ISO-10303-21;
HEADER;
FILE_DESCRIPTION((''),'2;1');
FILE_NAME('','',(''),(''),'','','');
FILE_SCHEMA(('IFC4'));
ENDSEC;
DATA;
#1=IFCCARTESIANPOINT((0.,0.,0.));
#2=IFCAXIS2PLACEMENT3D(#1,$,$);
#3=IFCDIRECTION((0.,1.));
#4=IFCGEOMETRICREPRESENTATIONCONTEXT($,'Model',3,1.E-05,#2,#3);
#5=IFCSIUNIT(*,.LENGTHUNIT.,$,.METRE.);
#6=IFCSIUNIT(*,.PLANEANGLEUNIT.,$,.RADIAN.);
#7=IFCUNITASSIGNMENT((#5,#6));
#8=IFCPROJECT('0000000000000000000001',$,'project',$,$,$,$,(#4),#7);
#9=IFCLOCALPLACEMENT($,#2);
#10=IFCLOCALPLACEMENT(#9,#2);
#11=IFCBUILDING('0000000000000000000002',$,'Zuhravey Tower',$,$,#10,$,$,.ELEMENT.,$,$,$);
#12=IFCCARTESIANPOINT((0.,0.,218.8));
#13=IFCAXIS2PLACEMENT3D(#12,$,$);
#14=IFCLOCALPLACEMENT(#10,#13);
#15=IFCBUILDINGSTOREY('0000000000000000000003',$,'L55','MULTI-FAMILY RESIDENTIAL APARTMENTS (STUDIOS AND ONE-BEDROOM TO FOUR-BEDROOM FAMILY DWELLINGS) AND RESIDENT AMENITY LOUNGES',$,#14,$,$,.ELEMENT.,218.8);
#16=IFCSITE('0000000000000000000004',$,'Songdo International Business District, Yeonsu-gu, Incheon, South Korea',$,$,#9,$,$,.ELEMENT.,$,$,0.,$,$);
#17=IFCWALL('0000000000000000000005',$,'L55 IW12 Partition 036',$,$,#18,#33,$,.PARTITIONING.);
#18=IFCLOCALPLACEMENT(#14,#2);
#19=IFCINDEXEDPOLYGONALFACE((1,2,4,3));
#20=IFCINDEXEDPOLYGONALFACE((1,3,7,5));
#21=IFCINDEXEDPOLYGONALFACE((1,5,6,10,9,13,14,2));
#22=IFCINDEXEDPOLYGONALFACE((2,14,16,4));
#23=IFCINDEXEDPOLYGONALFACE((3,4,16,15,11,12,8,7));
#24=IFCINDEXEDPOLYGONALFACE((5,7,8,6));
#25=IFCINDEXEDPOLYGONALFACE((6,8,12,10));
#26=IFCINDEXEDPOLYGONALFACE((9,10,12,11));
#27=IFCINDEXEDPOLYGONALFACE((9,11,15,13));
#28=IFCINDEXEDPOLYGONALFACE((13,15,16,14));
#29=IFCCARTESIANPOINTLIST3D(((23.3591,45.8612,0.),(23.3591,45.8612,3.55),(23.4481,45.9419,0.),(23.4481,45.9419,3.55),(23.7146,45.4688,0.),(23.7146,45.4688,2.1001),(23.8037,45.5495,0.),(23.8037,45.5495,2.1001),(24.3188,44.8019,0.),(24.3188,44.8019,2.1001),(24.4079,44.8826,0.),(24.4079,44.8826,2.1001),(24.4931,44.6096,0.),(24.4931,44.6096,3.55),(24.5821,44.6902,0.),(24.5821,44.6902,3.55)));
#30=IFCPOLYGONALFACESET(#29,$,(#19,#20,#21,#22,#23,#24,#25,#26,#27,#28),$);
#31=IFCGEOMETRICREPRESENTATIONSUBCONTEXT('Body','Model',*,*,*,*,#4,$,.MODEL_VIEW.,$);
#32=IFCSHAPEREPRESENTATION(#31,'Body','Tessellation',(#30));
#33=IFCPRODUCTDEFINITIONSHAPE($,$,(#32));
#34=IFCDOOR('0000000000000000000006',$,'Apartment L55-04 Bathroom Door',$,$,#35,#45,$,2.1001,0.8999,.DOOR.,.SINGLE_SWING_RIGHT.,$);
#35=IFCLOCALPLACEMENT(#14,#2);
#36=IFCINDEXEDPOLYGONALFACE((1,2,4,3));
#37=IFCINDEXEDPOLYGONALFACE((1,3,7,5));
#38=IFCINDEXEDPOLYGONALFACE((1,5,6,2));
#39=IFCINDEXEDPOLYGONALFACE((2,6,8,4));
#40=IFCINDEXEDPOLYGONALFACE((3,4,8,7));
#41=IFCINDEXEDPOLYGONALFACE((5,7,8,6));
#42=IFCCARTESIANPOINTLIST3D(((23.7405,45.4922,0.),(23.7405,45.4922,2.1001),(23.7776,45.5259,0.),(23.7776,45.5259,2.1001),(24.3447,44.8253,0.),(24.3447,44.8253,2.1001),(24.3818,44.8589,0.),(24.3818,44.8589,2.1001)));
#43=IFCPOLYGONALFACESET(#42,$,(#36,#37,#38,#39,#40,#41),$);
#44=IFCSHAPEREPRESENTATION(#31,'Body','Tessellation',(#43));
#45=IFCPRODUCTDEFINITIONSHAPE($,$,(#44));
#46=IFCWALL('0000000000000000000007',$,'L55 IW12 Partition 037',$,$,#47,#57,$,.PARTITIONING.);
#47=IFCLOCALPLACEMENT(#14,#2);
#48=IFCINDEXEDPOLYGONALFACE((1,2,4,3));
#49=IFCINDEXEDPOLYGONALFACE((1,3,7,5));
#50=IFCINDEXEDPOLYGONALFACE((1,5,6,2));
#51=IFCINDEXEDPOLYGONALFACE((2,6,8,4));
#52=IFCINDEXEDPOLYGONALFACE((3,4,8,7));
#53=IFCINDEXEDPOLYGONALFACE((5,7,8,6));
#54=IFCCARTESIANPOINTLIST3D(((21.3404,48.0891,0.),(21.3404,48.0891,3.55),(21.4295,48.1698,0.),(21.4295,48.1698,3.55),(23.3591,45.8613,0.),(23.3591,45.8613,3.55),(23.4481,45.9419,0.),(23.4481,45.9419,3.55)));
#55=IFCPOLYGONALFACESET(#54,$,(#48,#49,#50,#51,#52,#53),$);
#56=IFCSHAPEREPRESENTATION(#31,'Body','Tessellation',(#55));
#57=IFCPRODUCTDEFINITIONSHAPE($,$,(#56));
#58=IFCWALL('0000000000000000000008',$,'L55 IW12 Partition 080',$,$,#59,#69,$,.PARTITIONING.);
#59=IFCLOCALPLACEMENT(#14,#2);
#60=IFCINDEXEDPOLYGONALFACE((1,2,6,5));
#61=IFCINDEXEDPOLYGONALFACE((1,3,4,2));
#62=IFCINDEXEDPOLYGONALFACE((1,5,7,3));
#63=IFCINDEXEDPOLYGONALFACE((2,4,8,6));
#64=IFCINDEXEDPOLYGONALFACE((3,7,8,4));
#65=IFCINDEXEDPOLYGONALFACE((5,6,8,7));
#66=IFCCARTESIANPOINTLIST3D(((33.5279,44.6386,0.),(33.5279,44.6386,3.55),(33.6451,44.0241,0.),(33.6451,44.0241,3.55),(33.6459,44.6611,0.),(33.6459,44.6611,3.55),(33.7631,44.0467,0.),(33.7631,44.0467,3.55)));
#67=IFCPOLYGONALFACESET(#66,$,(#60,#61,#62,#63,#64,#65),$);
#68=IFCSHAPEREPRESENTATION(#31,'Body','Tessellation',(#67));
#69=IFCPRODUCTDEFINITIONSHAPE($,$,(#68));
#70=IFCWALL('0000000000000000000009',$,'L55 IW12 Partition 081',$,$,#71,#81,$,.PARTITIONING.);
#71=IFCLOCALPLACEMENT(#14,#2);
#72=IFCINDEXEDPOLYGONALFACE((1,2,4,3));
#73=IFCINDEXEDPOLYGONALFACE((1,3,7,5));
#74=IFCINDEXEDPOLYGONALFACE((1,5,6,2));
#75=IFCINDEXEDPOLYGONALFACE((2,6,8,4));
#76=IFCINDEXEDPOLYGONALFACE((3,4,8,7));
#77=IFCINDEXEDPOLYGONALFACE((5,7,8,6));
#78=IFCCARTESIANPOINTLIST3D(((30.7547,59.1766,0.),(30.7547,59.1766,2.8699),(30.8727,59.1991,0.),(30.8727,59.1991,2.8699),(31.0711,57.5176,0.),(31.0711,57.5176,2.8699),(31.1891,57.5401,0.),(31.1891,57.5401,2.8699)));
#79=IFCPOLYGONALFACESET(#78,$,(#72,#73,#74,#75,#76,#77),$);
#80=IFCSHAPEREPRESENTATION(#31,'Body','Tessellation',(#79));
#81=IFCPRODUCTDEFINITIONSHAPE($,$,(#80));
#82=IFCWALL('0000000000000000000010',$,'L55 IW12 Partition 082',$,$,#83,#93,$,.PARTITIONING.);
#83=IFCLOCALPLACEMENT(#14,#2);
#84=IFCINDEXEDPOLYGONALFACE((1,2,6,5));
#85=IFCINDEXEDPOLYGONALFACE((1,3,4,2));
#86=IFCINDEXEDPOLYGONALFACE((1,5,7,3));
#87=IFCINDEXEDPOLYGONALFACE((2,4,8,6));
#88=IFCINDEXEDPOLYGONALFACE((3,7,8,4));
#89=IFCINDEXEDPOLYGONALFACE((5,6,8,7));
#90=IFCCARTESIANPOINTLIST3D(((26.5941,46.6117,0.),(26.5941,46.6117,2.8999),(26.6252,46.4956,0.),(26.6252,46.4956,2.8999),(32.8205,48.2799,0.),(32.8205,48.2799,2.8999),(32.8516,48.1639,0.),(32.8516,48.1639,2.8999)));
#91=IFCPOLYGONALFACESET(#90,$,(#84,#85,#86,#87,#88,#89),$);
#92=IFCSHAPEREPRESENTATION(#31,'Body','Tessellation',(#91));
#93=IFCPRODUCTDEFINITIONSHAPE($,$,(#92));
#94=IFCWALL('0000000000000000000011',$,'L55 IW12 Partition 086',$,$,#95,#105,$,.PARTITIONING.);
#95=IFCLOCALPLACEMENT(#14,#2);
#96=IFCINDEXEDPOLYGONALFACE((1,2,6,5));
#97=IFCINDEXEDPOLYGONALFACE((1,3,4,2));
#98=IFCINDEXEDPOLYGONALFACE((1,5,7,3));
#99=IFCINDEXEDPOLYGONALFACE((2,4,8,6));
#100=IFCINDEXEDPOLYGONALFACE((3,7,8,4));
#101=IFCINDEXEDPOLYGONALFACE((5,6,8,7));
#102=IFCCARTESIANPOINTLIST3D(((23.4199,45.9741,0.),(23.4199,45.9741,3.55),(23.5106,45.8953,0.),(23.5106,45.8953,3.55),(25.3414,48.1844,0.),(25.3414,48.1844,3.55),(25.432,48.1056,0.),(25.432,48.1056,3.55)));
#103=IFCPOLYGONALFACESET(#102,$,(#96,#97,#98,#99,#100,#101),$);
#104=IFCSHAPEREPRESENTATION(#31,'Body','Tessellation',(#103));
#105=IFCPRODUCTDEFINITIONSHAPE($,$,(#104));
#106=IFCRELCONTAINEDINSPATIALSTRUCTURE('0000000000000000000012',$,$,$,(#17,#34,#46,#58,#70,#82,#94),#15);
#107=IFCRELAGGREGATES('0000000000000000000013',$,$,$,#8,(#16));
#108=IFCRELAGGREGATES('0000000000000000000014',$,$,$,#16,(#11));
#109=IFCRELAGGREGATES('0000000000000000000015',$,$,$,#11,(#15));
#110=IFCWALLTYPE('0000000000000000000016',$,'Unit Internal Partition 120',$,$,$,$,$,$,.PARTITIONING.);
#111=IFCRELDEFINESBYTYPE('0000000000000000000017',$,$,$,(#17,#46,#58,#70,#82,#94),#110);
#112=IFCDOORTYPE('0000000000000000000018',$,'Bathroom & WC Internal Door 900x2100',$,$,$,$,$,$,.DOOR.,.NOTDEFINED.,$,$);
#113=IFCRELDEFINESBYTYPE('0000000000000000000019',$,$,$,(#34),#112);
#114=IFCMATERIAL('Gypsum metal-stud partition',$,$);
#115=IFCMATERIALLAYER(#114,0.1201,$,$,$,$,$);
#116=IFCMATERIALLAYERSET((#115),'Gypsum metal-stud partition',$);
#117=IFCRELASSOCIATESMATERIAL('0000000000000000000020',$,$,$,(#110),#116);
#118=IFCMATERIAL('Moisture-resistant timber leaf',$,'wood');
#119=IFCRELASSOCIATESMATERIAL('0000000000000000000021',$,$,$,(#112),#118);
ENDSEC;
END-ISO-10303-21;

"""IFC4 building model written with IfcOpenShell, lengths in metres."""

from ifc_helpers import new_model, si_unit, direction, frame, frame_2d, origin, place, context, subcontext, project, spatial, rectangle, extrude, material, layer, layer_set, type_object, element, fill, save


model = new_model("IFC4")

# Units and contexts
model_context = context("Model", 3, precision=1e-05, world=origin(), true_north=direction((0.0, 1.0)))
body_context = subcontext(model_context, "Body", "Model", "MODEL_VIEW")
ifc_project = project(units=[si_unit("LENGTHUNIT", "METRE"), si_unit("PLANEANGLEUNIT", "RADIAN")], contexts=[model_context])

# Site, building, storey
site_placement = place(None, origin())
site = spatial("IfcSite", under=ifc_project, at=site_placement, Name="Songdo International Business District, Yeonsu-gu, Incheon, South Korea", CompositionType="ELEMENT", RefElevation=0.0)
building_placement = place(site_placement, origin())
building = spatial("IfcBuilding", under=site, at=building_placement, Name="Zuhravey Tower", CompositionType="ELEMENT")
storey_placement = place(building_placement, frame((0.0, 0.0, 218.8)))
storey = spatial("IfcBuildingStorey", under=building, at=storey_placement, Name="L55", Description="MULTI-FAMILY RESIDENTIAL APARTMENTS (STUDIOS AND ONE-BEDROOM TO FOUR-BEDROOM FAMILY DWELLINGS) AND RESIDENT AMENITY LOUNGES", CompositionType="ELEMENT", Elevation=218.8)

# Wall, opening, door
ifc_material_1 = material(Name="Gypsum metal-stud partition")
ifc_layer_1 = layer(ifc_material_1, 0.1201)
ifc_layer_set_1 = layer_set([ifc_layer_1], Name="Gypsum metal-stud partition")
wall_type_1 = type_object("IfcWallType", Name="Unit Internal Partition 120", PredefinedType="PARTITIONING", material=ifc_layer_set_1)
ifc_material_2 = material(Name="Moisture-resistant timber leaf", Category="wood")
door_type_1 = type_object("IfcDoorType", Name="Bathroom & WC Internal Door 900x2100", OperationType="NOTDEFINED", PredefinedType="DOOR", material=ifc_material_2)
wall_1_placement = place(storey_placement, frame((24.5376, 44.6499, 0.0), z_axis=(0.0, 0.0, 1.0), x_axis=(-0.671413, 0.741084, 0.0)))
wall_1 = element("IfcWall", 1, at=wall_1_placement, inside=storey, type_object=wall_type_1, Name="L55 IW12 Partition 036", PredefinedType="PARTITIONING", context=body_context, shape_type="SweptSolid", body=[
    extrude(rectangle(XDim=1.689, YDim=0.1201, at=frame_2d((0.8445, 0.0))), origin(), (0.0, 0.0, 1.0), 3.55),
])
opening_1_placement = place(wall_1_placement, frame((0.2595, 0.0, 0.0)))
opening_1 = element("IfcOpeningElement", 2, at=opening_1_placement, cuts=wall_1, PredefinedType="OPENING", context=body_context, shape_type="SweptSolid", body=[
    extrude(rectangle(XDim=0.8999, YDim=2.1001, at=frame_2d((0.45, 1.05))), frame((0.0, 0.072, 0.0), z_axis=(0.0, -1.0, 0.0), x_axis=(1.0, 0.0, 0.0)), (0.0, 0.0, 1.0), 0.144),
])
door_1_placement = place(opening_1_placement, frame((0.8999, 0.0, 0.0), z_axis=(0.0, 0.0, 1.0), x_axis=(-1.0, 0.0, 0.0)))
door_1 = element("IfcDoor", 3, at=door_1_placement, inside=storey, type_object=door_type_1, Name="Apartment L55-04 Bathroom Door", OperationType="SINGLE_SWING_RIGHT", OverallHeight=2.1001, OverallWidth=0.8999, PredefinedType="DOOR", context=body_context, shape_type="SweptSolid", body=[
    extrude(rectangle(XDim=0.8999, YDim=2.1001, at=frame_2d((0.45, 1.05))), frame((0.0, 0.0249, 0.0), z_axis=(0.0, -1.0, 0.0), x_axis=(1.0, 0.0, 0.0)), (0.0, 0.0, 1.0), 0.05),
])
fill(opening_1, door_1)

# Walls
wall_2_placement = place(storey_placement, frame((23.4036, 45.9016, 0.0), z_axis=(0.0, 0.0, 1.0), x_axis=(-0.671451, 0.741049, 0.0)))
element("IfcWall", 4, at=wall_2_placement, inside=storey, type_object=wall_type_1, Name="L55 IW12 Partition 037", PredefinedType="PARTITIONING", context=body_context, shape_type="SweptSolid", body=[
    extrude(rectangle(XDim=3.0063, YDim=0.1201, at=frame_2d((1.5032, 0.0))), origin(), (0.0, 0.0, 1.0), 3.55),
])
wall_3_placement = place(storey_placement, frame((33.7041, 44.0354, 0.0), z_axis=(0.0, 0.0, 1.0), x_axis=(-0.187327, 0.982298, 0.0)))
element("IfcWall", 5, at=wall_3_placement, inside=storey, type_object=wall_type_1, Name="L55 IW12 Partition 080", PredefinedType="PARTITIONING", context=body_context, shape_type="SweptSolid", body=[
    extrude(rectangle(XDim=0.6255, YDim=0.1201, at=frame_2d((0.3127, 0.0))), origin(), (0.0, 0.0, 1.0), 3.55),
])
wall_4_placement = place(storey_placement, frame((31.1301, 57.5288, 0.0), z_axis=(0.0, 0.0, 1.0), x_axis=(-0.187325, 0.982298, 0.0)))
element("IfcWall", 6, at=wall_4_placement, inside=storey, type_object=wall_type_1, Name="L55 IW12 Partition 081", PredefinedType="PARTITIONING", context=body_context, shape_type="SweptSolid", body=[
    extrude(rectangle(XDim=1.689, YDim=0.1201, at=frame_2d((0.8445, 0.0))), origin(), (0.0, 0.0, 1.0), 2.8699),
])
wall_5_placement = place(storey_placement, frame((32.8362, 48.2219, 0.0), z_axis=(0.0, 0.0, 1.0), x_axis=(-0.965931, -0.258801, 0.0)))
element("IfcWall", 7, at=wall_5_placement, inside=storey, type_object=wall_type_1, Name="L55 IW12 Partition 082", PredefinedType="PARTITIONING", context=body_context, shape_type="SweptSolid", body=[
    extrude(rectangle(XDim=6.446, YDim=0.1201, at=frame_2d((3.2231, 0.0))), origin(), (0.0, 0.0, 1.0), 2.8999),
])
wall_6_placement = place(storey_placement, frame((25.3867, 48.145, 0.0), z_axis=(0.0, 0.0, 1.0), x_axis=(-0.656076, -0.754695, 0.0)))
element("IfcWall", 8, at=wall_6_placement, inside=storey, type_object=wall_type_1, Name="L55 IW12 Partition 086", PredefinedType="PARTITIONING", context=body_context, shape_type="SweptSolid", body=[
    extrude(rectangle(XDim=2.9287, YDim=0.1201, at=frame_2d((1.4644, 0.0))), origin(), (0.0, 0.0, 1.0), 3.55),
])

save(model, "model.ifc")
